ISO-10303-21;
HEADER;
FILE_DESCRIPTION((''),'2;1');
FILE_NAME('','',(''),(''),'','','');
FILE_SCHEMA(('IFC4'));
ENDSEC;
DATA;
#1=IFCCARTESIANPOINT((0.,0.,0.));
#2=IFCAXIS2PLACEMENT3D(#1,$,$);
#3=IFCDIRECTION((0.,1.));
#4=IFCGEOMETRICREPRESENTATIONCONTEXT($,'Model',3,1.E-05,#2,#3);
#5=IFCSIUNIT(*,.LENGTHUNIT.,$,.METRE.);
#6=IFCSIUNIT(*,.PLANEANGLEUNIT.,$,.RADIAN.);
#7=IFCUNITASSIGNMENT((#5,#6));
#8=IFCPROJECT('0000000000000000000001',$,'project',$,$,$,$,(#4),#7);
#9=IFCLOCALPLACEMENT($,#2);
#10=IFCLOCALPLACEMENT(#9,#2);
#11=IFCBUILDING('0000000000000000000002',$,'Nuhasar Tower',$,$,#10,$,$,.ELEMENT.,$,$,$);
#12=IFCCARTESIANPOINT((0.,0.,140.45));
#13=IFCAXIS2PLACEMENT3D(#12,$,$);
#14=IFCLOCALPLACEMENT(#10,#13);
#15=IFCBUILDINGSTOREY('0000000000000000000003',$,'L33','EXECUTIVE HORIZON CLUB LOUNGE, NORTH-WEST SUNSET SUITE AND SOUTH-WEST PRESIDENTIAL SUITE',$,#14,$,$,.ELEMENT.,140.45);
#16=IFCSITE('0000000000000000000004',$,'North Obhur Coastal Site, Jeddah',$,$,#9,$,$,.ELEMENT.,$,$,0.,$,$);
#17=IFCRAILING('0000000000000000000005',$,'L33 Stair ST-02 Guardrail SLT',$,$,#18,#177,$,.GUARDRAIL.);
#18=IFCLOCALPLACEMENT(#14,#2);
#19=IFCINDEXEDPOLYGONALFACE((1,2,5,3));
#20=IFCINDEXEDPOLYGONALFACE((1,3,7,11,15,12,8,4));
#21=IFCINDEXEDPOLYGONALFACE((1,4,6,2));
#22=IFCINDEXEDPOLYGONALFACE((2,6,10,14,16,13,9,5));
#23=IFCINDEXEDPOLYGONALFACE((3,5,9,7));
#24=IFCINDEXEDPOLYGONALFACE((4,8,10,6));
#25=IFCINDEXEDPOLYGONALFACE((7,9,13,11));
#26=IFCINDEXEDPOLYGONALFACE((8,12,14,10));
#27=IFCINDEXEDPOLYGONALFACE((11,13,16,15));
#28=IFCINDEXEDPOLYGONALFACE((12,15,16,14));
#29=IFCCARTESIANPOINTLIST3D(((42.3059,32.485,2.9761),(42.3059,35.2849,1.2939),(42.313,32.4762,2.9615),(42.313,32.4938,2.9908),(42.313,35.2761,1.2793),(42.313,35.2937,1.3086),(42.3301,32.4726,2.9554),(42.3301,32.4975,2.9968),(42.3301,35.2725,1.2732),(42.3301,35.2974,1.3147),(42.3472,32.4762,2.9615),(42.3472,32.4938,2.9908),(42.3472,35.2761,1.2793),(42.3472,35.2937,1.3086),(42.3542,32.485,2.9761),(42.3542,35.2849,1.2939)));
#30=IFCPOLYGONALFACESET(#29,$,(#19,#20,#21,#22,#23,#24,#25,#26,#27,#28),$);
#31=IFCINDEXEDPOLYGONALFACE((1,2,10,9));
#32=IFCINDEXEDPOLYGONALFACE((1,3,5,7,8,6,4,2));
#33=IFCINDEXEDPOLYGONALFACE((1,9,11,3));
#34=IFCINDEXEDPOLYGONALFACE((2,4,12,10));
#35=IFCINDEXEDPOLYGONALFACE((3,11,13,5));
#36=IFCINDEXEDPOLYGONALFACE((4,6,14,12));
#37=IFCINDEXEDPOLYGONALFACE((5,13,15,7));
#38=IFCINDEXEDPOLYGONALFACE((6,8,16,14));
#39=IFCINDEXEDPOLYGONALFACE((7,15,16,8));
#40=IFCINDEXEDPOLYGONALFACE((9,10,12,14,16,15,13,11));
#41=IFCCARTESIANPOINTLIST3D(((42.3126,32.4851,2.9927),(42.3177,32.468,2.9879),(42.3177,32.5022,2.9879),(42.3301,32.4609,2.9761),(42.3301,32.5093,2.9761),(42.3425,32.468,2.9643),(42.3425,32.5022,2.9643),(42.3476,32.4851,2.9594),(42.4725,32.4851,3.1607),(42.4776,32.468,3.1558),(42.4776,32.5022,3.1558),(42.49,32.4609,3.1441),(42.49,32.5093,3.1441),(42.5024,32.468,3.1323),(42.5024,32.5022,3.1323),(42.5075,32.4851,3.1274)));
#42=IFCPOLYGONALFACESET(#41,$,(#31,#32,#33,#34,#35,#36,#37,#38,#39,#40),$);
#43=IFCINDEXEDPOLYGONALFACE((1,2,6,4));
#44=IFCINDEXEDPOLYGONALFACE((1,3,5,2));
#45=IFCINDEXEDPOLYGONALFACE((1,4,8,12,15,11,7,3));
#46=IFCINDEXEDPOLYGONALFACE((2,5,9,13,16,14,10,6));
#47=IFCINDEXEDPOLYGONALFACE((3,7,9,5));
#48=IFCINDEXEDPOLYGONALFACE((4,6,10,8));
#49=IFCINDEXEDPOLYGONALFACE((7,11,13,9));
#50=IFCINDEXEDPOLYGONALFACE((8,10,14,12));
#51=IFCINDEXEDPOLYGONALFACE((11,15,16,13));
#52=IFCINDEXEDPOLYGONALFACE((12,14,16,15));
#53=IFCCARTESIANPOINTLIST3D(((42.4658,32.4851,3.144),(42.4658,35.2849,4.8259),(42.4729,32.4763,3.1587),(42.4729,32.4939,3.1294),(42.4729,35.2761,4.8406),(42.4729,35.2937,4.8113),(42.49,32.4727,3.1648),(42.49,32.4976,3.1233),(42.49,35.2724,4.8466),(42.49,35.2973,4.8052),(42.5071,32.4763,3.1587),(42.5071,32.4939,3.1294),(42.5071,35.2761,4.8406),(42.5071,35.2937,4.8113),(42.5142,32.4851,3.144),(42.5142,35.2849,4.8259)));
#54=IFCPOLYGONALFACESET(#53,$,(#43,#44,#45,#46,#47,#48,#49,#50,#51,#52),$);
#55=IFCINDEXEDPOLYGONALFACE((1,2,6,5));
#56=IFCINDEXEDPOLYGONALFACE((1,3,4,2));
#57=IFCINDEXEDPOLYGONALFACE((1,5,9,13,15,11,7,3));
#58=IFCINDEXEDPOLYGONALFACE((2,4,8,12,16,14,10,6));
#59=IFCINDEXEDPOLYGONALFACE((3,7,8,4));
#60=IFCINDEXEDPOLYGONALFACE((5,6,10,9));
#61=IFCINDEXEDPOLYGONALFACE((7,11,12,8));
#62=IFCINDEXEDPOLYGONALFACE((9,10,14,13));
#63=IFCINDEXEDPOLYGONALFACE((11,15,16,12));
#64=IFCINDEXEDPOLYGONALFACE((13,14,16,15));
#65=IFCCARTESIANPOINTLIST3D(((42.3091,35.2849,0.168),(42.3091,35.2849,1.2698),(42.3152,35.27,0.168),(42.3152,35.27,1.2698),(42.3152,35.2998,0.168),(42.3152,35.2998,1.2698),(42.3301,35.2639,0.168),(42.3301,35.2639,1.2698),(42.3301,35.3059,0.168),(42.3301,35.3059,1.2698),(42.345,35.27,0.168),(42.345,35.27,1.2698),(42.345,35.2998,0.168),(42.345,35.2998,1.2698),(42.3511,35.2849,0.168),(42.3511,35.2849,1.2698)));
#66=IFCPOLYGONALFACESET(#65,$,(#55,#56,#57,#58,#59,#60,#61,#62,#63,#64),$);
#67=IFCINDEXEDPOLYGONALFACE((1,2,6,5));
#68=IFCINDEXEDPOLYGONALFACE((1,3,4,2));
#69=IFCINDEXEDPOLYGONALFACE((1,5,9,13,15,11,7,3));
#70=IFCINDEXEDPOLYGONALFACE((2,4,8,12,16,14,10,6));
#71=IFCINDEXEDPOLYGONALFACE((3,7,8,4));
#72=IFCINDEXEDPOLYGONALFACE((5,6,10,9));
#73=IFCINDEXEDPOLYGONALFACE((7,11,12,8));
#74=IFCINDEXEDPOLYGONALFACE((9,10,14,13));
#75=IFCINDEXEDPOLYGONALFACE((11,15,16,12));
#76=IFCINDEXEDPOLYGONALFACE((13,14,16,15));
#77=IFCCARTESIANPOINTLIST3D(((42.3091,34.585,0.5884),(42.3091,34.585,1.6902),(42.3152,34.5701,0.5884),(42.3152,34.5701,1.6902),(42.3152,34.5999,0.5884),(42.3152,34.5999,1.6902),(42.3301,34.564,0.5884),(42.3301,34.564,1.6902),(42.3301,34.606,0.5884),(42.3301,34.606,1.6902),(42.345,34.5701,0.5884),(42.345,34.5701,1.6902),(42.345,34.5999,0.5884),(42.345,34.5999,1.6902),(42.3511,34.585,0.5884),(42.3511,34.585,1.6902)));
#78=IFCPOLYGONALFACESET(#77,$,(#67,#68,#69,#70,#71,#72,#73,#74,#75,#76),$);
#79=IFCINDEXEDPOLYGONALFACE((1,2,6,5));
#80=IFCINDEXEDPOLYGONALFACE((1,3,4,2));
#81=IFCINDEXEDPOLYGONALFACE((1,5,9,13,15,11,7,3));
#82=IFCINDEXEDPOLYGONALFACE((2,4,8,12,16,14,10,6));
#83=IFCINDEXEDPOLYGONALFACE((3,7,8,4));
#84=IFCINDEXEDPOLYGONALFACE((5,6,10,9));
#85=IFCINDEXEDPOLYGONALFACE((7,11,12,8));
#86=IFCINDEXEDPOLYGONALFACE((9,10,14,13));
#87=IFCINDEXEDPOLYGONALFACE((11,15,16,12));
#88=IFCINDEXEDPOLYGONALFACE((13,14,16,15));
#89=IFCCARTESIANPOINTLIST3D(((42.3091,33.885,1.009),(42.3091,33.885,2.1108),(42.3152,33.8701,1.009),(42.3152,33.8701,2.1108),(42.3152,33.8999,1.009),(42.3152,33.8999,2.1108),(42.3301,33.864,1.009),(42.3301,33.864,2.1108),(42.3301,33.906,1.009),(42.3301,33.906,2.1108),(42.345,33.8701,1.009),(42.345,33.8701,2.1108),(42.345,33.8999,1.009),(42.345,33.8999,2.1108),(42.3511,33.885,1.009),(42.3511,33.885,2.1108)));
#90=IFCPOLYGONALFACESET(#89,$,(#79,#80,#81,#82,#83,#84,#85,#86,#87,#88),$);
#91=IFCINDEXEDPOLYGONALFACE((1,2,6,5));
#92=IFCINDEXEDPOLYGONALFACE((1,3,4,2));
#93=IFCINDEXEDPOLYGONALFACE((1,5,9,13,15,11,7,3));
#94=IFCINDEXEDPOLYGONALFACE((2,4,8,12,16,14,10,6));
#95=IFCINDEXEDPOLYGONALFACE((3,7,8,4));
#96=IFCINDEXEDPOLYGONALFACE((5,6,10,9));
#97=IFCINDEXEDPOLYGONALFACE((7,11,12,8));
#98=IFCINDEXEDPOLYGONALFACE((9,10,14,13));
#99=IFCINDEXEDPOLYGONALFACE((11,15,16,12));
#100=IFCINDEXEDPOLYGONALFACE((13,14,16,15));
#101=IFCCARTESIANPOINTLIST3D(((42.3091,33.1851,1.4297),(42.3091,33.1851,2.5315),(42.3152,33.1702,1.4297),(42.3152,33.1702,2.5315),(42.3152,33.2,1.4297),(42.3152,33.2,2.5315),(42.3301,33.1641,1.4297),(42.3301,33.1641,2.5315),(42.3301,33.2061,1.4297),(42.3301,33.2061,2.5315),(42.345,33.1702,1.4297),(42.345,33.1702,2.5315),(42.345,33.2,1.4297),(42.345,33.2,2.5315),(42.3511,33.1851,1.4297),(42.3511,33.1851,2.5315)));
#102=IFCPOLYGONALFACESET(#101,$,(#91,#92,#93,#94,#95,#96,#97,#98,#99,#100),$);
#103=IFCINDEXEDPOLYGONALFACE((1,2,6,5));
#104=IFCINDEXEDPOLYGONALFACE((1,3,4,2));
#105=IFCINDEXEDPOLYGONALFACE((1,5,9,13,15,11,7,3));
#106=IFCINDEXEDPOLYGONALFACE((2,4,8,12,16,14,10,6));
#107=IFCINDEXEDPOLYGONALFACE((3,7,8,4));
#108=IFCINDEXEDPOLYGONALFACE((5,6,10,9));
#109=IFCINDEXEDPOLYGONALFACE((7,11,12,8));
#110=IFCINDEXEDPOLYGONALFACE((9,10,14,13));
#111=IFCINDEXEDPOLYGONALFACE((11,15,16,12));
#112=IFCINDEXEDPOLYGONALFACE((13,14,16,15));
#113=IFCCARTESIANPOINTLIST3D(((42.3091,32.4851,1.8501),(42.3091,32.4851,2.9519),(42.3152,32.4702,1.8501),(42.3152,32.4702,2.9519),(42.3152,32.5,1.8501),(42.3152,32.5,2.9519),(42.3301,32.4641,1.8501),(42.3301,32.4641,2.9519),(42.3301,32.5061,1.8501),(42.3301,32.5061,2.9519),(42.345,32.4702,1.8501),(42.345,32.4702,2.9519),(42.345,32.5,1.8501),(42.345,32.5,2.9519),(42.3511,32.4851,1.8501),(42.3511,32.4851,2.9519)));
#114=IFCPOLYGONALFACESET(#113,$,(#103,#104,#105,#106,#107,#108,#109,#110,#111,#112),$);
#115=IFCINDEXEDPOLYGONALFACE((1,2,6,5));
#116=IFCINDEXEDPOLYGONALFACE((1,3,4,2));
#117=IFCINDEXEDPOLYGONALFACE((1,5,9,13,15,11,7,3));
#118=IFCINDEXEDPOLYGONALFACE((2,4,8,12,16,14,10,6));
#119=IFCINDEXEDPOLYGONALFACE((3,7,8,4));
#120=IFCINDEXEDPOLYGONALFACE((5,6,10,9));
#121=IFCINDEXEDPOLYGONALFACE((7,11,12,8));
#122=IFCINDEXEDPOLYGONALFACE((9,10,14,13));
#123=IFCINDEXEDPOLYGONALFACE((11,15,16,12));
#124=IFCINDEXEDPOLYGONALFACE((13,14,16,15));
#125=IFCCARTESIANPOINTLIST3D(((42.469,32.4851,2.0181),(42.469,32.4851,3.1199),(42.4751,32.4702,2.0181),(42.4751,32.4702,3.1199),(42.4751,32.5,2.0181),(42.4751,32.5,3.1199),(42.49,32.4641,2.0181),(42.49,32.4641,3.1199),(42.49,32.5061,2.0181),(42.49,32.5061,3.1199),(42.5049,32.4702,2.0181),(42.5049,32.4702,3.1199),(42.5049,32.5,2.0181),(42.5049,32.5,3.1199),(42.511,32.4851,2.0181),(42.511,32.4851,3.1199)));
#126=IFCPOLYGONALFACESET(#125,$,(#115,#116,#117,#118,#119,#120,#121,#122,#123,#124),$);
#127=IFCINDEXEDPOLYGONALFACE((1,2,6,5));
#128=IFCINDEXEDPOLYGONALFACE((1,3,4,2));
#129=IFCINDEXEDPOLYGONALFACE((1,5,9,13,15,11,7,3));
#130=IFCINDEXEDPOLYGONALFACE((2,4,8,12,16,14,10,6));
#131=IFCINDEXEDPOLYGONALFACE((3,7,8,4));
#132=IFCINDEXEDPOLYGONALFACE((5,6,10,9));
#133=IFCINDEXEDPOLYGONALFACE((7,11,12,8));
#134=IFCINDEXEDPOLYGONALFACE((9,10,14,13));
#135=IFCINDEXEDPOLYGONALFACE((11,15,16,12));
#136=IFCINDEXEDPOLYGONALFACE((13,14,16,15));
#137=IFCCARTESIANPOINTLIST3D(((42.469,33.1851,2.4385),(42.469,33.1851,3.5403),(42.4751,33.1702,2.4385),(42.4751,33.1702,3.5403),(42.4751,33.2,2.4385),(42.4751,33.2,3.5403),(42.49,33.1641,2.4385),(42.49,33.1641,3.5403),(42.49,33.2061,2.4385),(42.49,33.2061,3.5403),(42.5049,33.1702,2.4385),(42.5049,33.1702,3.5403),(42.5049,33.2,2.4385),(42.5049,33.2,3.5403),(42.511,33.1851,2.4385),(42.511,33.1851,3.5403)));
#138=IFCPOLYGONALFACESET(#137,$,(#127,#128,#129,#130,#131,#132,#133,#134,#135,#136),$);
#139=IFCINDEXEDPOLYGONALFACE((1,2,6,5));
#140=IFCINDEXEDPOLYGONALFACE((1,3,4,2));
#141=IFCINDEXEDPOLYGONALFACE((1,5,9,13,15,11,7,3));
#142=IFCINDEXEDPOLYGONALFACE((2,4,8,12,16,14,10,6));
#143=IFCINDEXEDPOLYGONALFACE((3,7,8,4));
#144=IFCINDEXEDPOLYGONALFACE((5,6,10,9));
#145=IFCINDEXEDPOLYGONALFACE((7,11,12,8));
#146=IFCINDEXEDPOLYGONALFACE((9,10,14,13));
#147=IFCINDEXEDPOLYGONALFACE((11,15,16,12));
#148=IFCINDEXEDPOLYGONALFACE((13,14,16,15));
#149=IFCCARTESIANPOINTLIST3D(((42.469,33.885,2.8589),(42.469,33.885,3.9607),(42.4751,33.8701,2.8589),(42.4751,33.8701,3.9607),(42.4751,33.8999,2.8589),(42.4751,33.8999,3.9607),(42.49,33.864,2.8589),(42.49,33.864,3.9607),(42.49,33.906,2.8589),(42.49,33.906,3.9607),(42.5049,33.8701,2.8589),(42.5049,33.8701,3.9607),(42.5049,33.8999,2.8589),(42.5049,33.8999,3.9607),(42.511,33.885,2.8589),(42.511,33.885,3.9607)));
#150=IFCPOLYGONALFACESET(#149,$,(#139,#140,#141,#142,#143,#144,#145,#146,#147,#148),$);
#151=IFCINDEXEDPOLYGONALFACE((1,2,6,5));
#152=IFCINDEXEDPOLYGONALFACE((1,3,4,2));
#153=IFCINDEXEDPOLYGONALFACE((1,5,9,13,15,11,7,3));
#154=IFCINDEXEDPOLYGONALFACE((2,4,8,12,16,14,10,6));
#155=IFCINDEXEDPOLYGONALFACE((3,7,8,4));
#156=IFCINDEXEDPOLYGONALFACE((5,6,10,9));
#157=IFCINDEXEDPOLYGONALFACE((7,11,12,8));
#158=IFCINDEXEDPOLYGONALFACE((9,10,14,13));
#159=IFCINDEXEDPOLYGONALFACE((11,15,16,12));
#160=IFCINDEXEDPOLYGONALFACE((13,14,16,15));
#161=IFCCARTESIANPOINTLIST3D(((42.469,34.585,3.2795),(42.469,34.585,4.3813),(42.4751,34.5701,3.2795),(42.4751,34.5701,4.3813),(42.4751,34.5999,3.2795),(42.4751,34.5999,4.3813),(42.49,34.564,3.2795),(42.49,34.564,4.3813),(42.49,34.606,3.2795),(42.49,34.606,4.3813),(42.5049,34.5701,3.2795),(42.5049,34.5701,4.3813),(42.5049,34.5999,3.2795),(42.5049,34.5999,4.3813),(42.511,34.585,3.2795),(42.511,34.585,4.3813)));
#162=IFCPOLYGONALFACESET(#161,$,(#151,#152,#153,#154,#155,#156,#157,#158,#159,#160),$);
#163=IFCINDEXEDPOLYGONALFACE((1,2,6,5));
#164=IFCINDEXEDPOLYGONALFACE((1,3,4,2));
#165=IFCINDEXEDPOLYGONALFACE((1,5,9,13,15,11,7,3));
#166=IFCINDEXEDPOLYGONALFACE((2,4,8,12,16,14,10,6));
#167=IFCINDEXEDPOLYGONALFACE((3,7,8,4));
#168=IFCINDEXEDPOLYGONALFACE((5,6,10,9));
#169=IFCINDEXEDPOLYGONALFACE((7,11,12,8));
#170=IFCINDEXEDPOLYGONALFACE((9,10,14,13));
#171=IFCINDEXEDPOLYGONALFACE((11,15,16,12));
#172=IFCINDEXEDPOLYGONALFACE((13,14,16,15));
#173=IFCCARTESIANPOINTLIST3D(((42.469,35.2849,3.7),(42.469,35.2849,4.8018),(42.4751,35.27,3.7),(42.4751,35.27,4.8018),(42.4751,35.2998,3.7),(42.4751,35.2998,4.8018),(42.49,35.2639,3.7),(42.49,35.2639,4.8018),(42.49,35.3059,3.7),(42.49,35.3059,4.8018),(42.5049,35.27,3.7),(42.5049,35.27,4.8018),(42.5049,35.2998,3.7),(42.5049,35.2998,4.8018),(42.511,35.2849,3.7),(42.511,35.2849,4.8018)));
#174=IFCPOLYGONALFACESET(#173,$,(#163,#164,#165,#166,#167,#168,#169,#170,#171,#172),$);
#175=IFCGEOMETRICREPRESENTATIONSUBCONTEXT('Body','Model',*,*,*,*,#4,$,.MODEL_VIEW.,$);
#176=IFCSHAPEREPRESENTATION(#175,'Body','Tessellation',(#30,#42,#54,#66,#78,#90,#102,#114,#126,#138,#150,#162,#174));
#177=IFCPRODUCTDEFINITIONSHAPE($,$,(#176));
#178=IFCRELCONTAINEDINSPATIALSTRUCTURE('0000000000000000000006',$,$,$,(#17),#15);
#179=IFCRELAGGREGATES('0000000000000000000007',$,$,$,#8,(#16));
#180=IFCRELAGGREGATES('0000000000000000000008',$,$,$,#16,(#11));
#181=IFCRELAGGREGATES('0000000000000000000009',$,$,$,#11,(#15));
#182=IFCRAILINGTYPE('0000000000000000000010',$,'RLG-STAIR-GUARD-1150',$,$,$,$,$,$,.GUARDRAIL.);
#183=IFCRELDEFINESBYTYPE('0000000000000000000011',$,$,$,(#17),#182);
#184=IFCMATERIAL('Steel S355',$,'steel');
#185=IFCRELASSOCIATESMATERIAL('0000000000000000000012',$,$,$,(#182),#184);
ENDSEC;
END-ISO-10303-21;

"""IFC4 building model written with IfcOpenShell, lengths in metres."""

from ifc_helpers import new_model, si_unit, direction, frame, origin, place, context, subcontext, project, spatial, polyline, outline, extrude, material, type_object, element, save


model = new_model("IFC4")

# Units and contexts
model_context = context("Model", 3, precision=1e-05, world=origin(), true_north=direction((0.0, 1.0)))
body_context = subcontext(model_context, "Body", "Model", "MODEL_VIEW")
ifc_project = project(units=[si_unit("LENGTHUNIT", "METRE"), si_unit("PLANEANGLEUNIT", "RADIAN")], contexts=[model_context])

# Site, building, storey
site_placement = place(None, origin())
site = spatial("IfcSite", under=ifc_project, at=site_placement, Name="North Obhur Coastal Site, Jeddah", CompositionType="ELEMENT", RefElevation=0.0)
building_placement = place(site_placement, origin())
building = spatial("IfcBuilding", under=site, at=building_placement, Name="Nuhasar Tower", CompositionType="ELEMENT")
storey_placement = place(building_placement, frame((0.0, 0.0, 140.45)))
storey = spatial("IfcBuildingStorey", under=building, at=storey_placement, Name="L33", Description="EXECUTIVE HORIZON CLUB LOUNGE, NORTH-WEST SUNSET SUITE AND SOUTH-WEST PRESIDENTIAL SUITE", CompositionType="ELEMENT", Elevation=140.45)

# Shared definitions
ifc_material_1 = material(Name="Steel S355", Category="steel")

# Railing
railing_type_1 = type_object("IfcRailingType", Name="RLG-STAIR-GUARD-1150", PredefinedType="GUARDRAIL", material=ifc_material_1)
railing_1_placement = place(storey_placement, frame((42.3301, 35.2849, 0.168)))
element("IfcRailing", 1, at=railing_1_placement, inside=storey, type_object=railing_type_1, Name="L33 Stair ST-02 Guardrail SLT", PredefinedType="GUARDRAIL", context=body_context, shape_type="SweptSolid", body=[
    extrude(outline(polyline([(0.0242, 0.0), (0.0171, 0.0171), (0.0, 0.0242), (-0.0171, 0.0171), (-0.0242, 0.0), (-0.0171, -0.0171), (0.0, -0.0242), (0.0171, -0.0171), (0.0242, 0.0)])), frame((0.0, 0.0, 1.126), z_axis=(0.0, -0.857189, 0.515001), x_axis=(1.0, 0.0, 0.0)), (0.0, 0.0, 1.0), 3.2664),
    extrude(outline(polyline([(0.0242, 0.0), (0.0171, 0.0171), (0.0, 0.0242), (-0.0171, 0.0171), (-0.0242, 0.0), (-0.0171, -0.0171), (0.0, -0.0242), (0.0171, -0.0171), (0.0242, 0.0)])), frame((0.0, -2.7998, 2.8081), z_axis=(0.689524, 0.0, 0.724263), x_axis=(0.0, 1.0, 0.0)), (0.0, 0.0, 1.0), 0.2319),
    extrude(outline(polyline([(0.0242, 0.0), (0.0171, 0.0171), (0.0, 0.0242), (-0.0171, 0.0171), (-0.0242, 0.0), (-0.0171, -0.0171), (0.0, -0.0242), (0.0171, -0.0171), (0.0242, 0.0)])), frame((0.1599, -2.7998, 2.9761), z_axis=(0.0, 0.857222, 0.514946), x_axis=(-1.0, 0.0, 0.0)), (0.0, 0.0, 1.0), 3.2661),
    extrude(outline(polyline([(0.021, 0.0), (0.0149, 0.0149), (0.0, 0.021), (-0.0149, 0.0149), (-0.021, 0.0), (-0.0149, -0.0149), (0.0, -0.021), (0.0149, -0.0149), (0.021, 0.0)])), origin(), (0.0, 0.0, 1.0), 1.1018),
    extrude(outline(polyline([(0.021, 0.0), (0.0149, 0.0149), (0.0, 0.021), (-0.0149, 0.0149), (-0.021, 0.0), (-0.0149, -0.0149), (0.0, -0.021), (0.0149, -0.0149), (0.021, 0.0)])), frame((0.0, -0.7, 0.4204)), (0.0, 0.0, 1.0), 1.1018),
    extrude(outline(polyline([(0.021, 0.0), (0.0149, 0.0149), (0.0, 0.021), (-0.0149, 0.0149), (-0.021, 0.0), (-0.0149, -0.0149), (0.0, -0.021), (0.0149, -0.0149), (0.021, 0.0)])), frame((0.0, -1.3999, 0.8411)), (0.0, 0.0, 1.0), 1.1018),
    extrude(outline(polyline([(0.021, 0.0), (0.0149, 0.0149), (0.0, 0.021), (-0.0149, 0.0149), (-0.021, 0.0), (-0.0149, -0.0149), (0.0, -0.021), (0.0149, -0.0149), (0.021, 0.0)])), frame((0.0, -2.0999, 1.2617)), (0.0, 0.0, 1.0), 1.1018),
    extrude(outline(polyline([(0.021, 0.0), (0.0149, 0.0149), (0.0, 0.021), (-0.0149, 0.0149), (-0.021, 0.0), (-0.0149, -0.0149), (0.0, -0.021), (0.0149, -0.0149), (0.021, 0.0)])), frame((0.0, -2.7998, 1.6821)), (0.0, 0.0, 1.0), 1.1018),
    extrude(outline(polyline([(0.021, 0.0), (0.0149, 0.0149), (0.0, 0.021), (-0.0149, 0.0149), (-0.021, 0.0), (-0.0149, -0.0149), (0.0, -0.021), (0.0149, -0.0149), (0.021, 0.0)])), frame((0.1599, -2.7998, 1.8501)), (0.0, 0.0, 1.0), 1.1018),
    extrude(outline(polyline([(0.021, 0.0), (0.0149, 0.0149), (0.0, 0.021), (-0.0149, 0.0149), (-0.021, 0.0), (-0.0149, -0.0149), (0.0, -0.021), (0.0149, -0.0149), (0.021, 0.0)])), frame((0.1599, -2.0999, 2.2705)), (0.0, 0.0, 1.0), 1.1018),
    extrude(outline(polyline([(0.021, 0.0), (0.0149, 0.0149), (0.0, 0.021), (-0.0149, 0.0149), (-0.021, 0.0), (-0.0149, -0.0149), (0.0, -0.021), (0.0149, -0.0149), (0.021, 0.0)])), frame((0.1599, -1.3999, 2.6909)), (0.0, 0.0, 1.0), 1.1018),
    extrude(outline(polyline([(0.021, 0.0), (0.0149, 0.0149), (0.0, 0.021), (-0.0149, 0.0149), (-0.021, 0.0), (-0.0149, -0.0149), (0.0, -0.021), (0.0149, -0.0149), (0.021, 0.0)])), frame((0.1599, -0.7, 3.1116)), (0.0, 0.0, 1.0), 1.1018),
    extrude(outline(polyline([(0.021, 0.0), (0.0149, 0.0149), (0.0, 0.021), (-0.0149, 0.0149), (-0.021, 0.0), (-0.0149, -0.0149), (0.0, -0.021), (0.0149, -0.0149), (0.021, 0.0)])), frame((0.1599, 0.0, 3.532)), (0.0, 0.0, 1.0), 1.1018),
])

save(model, "model.ifc")
